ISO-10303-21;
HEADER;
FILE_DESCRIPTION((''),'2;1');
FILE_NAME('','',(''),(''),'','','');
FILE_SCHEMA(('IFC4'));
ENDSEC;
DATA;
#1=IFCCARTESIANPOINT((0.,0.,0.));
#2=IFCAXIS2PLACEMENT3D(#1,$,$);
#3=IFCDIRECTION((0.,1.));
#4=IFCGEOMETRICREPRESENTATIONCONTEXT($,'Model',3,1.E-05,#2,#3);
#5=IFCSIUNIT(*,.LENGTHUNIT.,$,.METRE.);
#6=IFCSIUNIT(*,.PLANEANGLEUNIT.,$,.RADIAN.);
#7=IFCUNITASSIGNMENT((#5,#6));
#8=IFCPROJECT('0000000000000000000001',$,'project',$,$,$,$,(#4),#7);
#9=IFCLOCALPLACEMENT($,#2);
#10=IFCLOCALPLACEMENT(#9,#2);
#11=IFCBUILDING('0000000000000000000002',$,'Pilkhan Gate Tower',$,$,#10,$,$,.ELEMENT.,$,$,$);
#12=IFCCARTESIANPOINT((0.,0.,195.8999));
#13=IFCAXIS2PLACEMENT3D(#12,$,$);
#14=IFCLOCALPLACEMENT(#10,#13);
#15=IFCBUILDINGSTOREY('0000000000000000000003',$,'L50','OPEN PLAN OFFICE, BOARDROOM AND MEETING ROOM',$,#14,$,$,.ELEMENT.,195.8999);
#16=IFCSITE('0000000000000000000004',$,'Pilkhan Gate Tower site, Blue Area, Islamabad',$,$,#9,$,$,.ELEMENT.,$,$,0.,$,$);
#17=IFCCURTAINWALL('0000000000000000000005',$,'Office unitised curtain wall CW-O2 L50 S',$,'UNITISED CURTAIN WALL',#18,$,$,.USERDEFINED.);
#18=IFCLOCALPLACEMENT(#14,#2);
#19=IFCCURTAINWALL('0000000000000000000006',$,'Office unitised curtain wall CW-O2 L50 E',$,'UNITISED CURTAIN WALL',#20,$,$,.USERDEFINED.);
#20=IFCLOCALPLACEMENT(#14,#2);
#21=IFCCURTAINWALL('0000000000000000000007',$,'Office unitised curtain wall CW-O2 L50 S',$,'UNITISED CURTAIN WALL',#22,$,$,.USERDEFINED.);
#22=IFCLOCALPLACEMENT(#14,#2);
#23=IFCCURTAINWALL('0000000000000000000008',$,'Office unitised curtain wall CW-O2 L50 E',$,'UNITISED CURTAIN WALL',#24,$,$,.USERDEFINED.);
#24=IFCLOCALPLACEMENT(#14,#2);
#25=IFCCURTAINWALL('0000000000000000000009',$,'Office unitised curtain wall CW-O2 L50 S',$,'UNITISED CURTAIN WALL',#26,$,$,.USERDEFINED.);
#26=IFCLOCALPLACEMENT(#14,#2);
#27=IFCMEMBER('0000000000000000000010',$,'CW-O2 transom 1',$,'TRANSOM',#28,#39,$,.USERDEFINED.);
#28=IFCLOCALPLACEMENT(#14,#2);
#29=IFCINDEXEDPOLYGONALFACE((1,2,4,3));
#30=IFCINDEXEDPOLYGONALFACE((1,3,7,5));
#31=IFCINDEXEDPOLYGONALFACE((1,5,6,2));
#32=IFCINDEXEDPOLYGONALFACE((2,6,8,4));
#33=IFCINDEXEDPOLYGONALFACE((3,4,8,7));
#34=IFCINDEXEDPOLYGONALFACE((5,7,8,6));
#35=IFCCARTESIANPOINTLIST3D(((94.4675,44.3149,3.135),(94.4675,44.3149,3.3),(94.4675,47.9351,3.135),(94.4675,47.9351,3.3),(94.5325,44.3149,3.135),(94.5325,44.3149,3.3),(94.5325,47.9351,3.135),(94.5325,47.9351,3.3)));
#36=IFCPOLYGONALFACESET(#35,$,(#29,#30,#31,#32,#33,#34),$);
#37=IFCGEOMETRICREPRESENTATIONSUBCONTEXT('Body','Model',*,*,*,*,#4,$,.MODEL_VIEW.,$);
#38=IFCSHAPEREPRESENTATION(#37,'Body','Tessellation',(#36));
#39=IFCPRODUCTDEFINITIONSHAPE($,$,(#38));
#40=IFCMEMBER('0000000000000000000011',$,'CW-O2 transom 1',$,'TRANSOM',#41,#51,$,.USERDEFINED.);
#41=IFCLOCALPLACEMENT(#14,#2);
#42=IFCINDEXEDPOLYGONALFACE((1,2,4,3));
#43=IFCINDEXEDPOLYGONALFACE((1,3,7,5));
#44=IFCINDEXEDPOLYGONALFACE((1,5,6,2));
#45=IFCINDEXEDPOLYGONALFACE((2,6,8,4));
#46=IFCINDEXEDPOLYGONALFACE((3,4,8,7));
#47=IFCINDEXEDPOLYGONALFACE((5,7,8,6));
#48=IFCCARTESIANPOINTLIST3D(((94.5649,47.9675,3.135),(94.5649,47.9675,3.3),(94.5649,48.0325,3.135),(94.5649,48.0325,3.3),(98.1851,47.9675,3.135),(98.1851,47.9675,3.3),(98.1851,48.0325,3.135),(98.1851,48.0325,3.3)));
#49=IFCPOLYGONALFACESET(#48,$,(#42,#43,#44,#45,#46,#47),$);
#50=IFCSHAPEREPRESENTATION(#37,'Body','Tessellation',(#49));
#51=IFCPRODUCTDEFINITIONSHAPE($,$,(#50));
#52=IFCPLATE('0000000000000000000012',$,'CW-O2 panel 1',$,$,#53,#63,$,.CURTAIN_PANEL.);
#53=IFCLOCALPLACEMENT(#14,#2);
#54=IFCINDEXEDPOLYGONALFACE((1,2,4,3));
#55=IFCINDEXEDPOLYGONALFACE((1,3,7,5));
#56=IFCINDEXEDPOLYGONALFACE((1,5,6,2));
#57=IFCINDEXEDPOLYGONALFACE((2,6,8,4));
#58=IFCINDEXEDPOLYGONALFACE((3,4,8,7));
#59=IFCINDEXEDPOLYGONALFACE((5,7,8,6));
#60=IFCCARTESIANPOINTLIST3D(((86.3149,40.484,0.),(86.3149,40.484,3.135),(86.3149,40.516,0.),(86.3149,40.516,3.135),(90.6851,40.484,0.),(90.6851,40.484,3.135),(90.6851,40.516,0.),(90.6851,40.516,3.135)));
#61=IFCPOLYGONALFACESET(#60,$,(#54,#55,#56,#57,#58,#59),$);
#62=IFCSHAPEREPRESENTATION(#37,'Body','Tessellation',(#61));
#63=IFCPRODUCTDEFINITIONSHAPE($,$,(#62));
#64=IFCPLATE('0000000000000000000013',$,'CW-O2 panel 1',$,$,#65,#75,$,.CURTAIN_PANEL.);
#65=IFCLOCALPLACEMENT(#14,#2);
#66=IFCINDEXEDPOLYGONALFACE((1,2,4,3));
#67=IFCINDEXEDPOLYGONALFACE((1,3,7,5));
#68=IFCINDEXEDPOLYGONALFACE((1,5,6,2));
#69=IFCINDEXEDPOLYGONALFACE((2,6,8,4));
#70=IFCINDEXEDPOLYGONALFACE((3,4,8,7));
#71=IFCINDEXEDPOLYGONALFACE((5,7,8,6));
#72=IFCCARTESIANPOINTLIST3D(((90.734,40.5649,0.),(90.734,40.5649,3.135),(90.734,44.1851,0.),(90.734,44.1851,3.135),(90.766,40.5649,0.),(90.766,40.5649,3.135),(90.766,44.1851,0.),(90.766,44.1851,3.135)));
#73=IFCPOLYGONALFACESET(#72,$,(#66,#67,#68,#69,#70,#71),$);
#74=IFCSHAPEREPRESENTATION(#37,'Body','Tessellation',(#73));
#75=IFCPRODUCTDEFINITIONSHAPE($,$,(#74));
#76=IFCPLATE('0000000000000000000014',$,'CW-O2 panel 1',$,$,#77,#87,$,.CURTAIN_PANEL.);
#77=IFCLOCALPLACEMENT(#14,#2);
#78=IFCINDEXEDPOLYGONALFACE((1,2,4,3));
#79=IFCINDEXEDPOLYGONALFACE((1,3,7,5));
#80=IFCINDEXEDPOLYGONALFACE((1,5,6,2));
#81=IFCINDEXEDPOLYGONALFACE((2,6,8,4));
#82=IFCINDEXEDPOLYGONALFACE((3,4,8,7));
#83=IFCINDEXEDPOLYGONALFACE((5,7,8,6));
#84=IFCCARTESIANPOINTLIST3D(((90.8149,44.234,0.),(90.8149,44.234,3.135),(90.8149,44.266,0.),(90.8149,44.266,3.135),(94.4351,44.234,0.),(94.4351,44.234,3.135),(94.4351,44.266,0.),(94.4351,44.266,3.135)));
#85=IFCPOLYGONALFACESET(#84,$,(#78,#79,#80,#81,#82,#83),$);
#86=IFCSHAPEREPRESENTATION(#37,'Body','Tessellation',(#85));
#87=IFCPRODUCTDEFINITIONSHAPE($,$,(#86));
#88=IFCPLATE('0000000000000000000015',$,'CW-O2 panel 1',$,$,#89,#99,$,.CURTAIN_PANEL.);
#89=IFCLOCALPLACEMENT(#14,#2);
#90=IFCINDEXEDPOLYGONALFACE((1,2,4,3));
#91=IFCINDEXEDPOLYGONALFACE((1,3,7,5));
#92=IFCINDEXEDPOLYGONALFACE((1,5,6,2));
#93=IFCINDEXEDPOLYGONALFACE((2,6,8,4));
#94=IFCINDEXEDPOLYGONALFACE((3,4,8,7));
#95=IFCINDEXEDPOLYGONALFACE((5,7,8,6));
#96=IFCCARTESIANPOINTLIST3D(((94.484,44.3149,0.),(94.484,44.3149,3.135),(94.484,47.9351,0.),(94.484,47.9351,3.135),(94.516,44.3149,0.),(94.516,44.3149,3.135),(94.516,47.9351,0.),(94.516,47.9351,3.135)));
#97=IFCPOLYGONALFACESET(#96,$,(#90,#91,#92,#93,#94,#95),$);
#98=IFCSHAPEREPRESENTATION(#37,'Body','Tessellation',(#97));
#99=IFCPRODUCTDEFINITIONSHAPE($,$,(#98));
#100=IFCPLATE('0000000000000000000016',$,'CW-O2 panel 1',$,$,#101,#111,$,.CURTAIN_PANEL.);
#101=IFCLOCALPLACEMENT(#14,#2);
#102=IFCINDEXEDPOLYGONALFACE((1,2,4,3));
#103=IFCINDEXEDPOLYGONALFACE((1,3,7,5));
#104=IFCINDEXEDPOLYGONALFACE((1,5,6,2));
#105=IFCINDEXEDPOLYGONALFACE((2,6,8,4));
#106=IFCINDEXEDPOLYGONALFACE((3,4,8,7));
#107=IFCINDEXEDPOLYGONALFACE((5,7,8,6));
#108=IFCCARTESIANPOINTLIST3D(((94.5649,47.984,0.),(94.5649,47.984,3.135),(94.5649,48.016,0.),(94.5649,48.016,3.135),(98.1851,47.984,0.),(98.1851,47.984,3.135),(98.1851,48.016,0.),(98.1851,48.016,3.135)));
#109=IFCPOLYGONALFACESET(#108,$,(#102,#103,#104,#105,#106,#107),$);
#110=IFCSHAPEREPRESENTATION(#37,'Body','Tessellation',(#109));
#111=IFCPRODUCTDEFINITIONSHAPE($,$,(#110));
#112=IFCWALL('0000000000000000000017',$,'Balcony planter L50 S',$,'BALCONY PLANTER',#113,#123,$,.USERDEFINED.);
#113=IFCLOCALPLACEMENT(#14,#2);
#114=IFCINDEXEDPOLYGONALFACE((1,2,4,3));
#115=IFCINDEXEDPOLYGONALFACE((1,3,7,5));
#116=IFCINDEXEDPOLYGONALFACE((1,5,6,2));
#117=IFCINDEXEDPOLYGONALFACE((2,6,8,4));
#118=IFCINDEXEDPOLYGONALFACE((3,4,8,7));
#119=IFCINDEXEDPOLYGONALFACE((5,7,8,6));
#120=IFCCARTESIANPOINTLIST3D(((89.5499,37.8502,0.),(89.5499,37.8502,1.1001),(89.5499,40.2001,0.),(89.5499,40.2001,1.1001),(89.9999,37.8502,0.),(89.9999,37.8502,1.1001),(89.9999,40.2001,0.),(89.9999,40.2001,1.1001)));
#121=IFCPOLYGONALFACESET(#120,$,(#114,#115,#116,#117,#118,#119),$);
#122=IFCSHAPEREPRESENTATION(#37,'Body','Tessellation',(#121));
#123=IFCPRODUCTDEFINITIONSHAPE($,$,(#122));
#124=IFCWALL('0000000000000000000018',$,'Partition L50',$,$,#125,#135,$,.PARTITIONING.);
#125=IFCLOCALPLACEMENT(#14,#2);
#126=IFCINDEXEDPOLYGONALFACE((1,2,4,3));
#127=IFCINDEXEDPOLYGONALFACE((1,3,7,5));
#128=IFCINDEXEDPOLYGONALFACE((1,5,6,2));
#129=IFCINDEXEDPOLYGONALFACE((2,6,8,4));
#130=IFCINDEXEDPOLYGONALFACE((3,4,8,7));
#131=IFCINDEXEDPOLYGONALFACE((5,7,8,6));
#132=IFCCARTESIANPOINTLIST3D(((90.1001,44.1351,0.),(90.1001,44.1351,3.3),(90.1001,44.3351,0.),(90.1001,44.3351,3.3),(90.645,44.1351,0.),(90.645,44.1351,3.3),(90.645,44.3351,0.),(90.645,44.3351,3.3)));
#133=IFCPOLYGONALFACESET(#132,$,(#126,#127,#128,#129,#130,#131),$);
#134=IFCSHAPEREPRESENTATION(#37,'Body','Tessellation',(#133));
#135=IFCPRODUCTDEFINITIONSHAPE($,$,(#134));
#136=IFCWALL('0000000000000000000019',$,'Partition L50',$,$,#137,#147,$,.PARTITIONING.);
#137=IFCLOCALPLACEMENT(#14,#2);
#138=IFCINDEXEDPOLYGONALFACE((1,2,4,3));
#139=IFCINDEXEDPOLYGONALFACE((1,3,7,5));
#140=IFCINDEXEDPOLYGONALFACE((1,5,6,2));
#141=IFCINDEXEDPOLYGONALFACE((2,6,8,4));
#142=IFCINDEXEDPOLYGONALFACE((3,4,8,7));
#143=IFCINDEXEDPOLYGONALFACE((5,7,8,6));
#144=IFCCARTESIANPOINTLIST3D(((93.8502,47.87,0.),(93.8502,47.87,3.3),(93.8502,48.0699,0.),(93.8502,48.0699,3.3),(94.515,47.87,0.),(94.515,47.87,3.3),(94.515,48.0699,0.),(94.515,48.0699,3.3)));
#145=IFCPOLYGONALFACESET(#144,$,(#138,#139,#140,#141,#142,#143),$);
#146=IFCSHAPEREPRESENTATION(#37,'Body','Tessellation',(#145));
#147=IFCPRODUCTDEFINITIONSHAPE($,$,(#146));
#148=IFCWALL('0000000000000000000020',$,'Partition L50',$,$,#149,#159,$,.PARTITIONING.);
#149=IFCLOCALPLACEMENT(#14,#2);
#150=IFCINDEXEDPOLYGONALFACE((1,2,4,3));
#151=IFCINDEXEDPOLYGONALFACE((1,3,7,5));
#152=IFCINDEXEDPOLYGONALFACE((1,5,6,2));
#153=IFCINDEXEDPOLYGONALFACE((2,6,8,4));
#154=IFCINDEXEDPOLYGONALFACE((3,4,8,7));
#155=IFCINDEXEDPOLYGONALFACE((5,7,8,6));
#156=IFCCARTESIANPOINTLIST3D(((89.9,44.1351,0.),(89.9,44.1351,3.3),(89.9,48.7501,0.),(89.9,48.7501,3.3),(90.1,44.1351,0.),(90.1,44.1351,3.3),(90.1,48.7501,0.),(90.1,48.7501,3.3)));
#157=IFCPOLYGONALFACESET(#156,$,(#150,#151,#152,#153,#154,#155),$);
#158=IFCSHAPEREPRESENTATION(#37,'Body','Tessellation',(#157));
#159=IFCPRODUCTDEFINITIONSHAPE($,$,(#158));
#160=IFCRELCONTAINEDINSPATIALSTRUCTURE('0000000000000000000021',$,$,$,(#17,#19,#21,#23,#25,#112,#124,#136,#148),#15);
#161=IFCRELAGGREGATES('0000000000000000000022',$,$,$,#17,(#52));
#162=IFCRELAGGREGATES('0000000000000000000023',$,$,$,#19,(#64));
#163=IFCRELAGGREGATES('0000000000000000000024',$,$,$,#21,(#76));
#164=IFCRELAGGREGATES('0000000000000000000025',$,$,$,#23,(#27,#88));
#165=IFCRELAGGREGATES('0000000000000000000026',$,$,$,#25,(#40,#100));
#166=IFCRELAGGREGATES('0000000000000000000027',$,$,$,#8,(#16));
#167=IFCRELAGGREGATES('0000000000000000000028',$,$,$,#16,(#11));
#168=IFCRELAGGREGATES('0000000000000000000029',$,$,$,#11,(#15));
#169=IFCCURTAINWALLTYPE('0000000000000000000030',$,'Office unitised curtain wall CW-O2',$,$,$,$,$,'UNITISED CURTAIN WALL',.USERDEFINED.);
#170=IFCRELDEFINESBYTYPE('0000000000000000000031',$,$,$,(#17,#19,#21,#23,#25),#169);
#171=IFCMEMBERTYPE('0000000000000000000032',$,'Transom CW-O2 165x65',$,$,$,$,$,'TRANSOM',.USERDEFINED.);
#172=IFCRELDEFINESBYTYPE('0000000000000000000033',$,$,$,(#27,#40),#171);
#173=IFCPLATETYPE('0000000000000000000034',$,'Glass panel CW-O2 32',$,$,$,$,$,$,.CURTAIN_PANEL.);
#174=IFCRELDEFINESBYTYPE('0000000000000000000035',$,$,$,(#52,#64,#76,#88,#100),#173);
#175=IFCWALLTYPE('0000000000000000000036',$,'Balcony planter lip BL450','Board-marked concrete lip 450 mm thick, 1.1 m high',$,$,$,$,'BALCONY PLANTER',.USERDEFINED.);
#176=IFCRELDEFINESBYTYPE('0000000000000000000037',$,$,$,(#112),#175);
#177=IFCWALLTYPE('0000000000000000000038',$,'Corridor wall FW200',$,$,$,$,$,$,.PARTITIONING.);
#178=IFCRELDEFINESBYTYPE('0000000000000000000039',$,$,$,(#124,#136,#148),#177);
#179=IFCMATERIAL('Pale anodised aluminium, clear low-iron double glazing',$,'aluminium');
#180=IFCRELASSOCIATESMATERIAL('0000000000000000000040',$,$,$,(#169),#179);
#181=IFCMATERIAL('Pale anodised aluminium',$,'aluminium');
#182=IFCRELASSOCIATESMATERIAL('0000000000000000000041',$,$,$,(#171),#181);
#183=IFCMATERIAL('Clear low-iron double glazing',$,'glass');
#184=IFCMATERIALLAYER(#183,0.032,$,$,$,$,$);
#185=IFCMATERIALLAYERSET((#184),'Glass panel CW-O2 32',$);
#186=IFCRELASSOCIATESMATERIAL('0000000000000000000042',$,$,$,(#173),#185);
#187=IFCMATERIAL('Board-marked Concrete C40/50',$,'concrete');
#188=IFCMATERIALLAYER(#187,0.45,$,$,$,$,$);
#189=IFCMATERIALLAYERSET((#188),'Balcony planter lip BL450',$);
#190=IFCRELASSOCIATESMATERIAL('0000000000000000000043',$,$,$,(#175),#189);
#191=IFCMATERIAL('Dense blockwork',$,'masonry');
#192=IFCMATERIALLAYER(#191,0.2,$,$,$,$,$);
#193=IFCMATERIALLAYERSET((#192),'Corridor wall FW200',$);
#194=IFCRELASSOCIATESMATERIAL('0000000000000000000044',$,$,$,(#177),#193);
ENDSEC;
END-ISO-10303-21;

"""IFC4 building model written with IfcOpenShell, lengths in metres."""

from ifc_helpers import new_model, si_unit, direction, frame, frame_2d, origin, origin_2d, place, context, subcontext, project, spatial, rectangle, extrude, material, layer, layer_set, material_profile, profile_set, type_object, element, aggregate, save


model = new_model("IFC4")

# Units and contexts
model_context = context("Model", 3, precision=1e-05, world=origin(), true_north=direction((0.0, 1.0)))
body_context = subcontext(model_context, "Body", "Model", "MODEL_VIEW")
ifc_project = project(units=[si_unit("LENGTHUNIT", "METRE"), si_unit("PLANEANGLEUNIT", "RADIAN")], contexts=[model_context])

# Site, building, storey
site_placement = place(None, origin())
site = spatial("IfcSite", under=ifc_project, at=site_placement, Name="Pilkhan Gate Tower site, Blue Area, Islamabad", CompositionType="ELEMENT", RefElevation=0.0)
building_placement = place(site_placement, origin())
building = spatial("IfcBuilding", under=site, at=building_placement, Name="Pilkhan Gate Tower", CompositionType="ELEMENT")
storey_placement = place(building_placement, frame((0.0, 0.0, 195.8999)))
storey = spatial("IfcBuildingStorey", under=building, at=storey_placement, Name="L50", Description="OPEN PLAN OFFICE, BOARDROOM AND MEETING ROOM", CompositionType="ELEMENT", Elevation=195.8999)

# Curtain wall
ifc_material_1 = material(Name="Pale anodised aluminium, clear low-iron double glazing", Category="aluminium")
curtain_wall_type = type_object("IfcCurtainWallType", Name="Office unitised curtain wall CW-O2", ElementType="UNITISED CURTAIN WALL", PredefinedType="USERDEFINED", material=ifc_material_1)
curtain_wall_1_placement = place(storey_placement, origin())
curtain_wall_1 = element("IfcCurtainWall", 1, at=curtain_wall_1_placement, inside=storey, type_object=curtain_wall_type, Name="Office unitised curtain wall CW-O2 L50 S", ObjectType="UNITISED CURTAIN WALL", PredefinedType="USERDEFINED")
ifc_material_2 = material(Name="Pale anodised aluminium", Category="aluminium")

# Curtain walls
curtain_wall_2_placement = place(storey_placement, origin())
curtain_wall_2 = element("IfcCurtainWall", 2, at=curtain_wall_2_placement, inside=storey, type_object=curtain_wall_type, Name="Office unitised curtain wall CW-O2 L50 E", ObjectType="UNITISED CURTAIN WALL", PredefinedType="USERDEFINED")
curtain_wall_3_placement = place(storey_placement, origin())
curtain_wall_3 = element("IfcCurtainWall", 3, at=curtain_wall_3_placement, inside=storey, type_object=curtain_wall_type, Name="Office unitised curtain wall CW-O2 L50 S", ObjectType="UNITISED CURTAIN WALL", PredefinedType="USERDEFINED")
curtain_wall_4_placement = place(storey_placement, origin())
curtain_wall_4 = element("IfcCurtainWall", 4, at=curtain_wall_4_placement, inside=storey, type_object=curtain_wall_type, Name="Office unitised curtain wall CW-O2 L50 E", ObjectType="UNITISED CURTAIN WALL", PredefinedType="USERDEFINED")
curtain_wall_5_placement = place(storey_placement, origin())
curtain_wall_5 = element("IfcCurtainWall", 5, at=curtain_wall_5_placement, inside=storey, type_object=curtain_wall_type, Name="Office unitised curtain wall CW-O2 L50 S", ObjectType="UNITISED CURTAIN WALL", PredefinedType="USERDEFINED")

# Members
ifc_material_profile_1 = material_profile(ifc_material_2, rectangle(XDim=0.0649, YDim=0.165, at=origin_2d()), Name="Transom 165x65")
ifc_profile_set_1 = profile_set([ifc_material_profile_1], Name="Pale anodised aluminium")
member_type_1 = type_object("IfcMemberType", Name="Transom CW-O2 165x65", ElementType="TRANSOM", PredefinedType="USERDEFINED", material=ifc_profile_set_1)
member_1_placement = place(storey_placement, frame((94.5, 44.3149, 3.2175), z_axis=(0.0, 1.0, 0.0), x_axis=(-1.0, 0.0, 0.0)))
member_1 = element("IfcMember", 6, at=member_1_placement, type_object=member_type_1, Name="CW-O2 transom 1", ObjectType="TRANSOM", PredefinedType="USERDEFINED", context=body_context, shape_type="SweptSolid", body=[
    extrude(rectangle(XDim=0.0649, YDim=0.165, at=origin_2d()), origin(), (0.0, 0.0, 1.0), 3.6201),
])
member_2_placement = place(storey_placement, frame((94.5649, 48.0, 3.2175), z_axis=(1.0, 0.0, 0.0), x_axis=(0.0, 1.0, 0.0)))
member_2 = element("IfcMember", 7, at=member_2_placement, type_object=member_type_1, Name="CW-O2 transom 1", ObjectType="TRANSOM", PredefinedType="USERDEFINED", context=body_context, shape_type="SweptSolid", body=[
    extrude(rectangle(XDim=0.0649, YDim=0.165, at=origin_2d()), origin(), (0.0, 0.0, 1.0), 3.6201),
])

# Plates
ifc_material_3 = material(Name="Clear low-iron double glazing", Category="glass")
ifc_layer_1 = layer(ifc_material_3, 0.032)
ifc_layer_set_1 = layer_set([ifc_layer_1], Name="Glass panel CW-O2 32")
plate_type = type_object("IfcPlateType", Name="Glass panel CW-O2 32", PredefinedType="CURTAIN_PANEL", material=ifc_layer_set_1)
plate_1_placement = place(storey_placement, frame((88.5, 40.5, 0.0), z_axis=(0.0, 0.0, 1.0), x_axis=(1.0, 0.0, 0.0)))
plate_1 = element("IfcPlate", 8, at=plate_1_placement, type_object=plate_type, Name="CW-O2 panel 1", PredefinedType="CURTAIN_PANEL", context=body_context, shape_type="SweptSolid", body=[
    extrude(rectangle(XDim=4.3701, YDim=0.032, at=origin_2d()), origin(), (0.0, 0.0, 1.0), 3.135),
])
aggregate(curtain_wall_1, [plate_1])
plate_2_placement = place(storey_placement, frame((90.75, 42.375, 0.0), z_axis=(0.0, 0.0, 1.0), x_axis=(0.0, 1.0, 0.0)))
plate_2 = element("IfcPlate", 9, at=plate_2_placement, type_object=plate_type, Name="CW-O2 panel 1", PredefinedType="CURTAIN_PANEL", context=body_context, shape_type="SweptSolid", body=[
    extrude(rectangle(XDim=3.6201, YDim=0.032, at=origin_2d()), origin(), (0.0, 0.0, 1.0), 3.135),
])
aggregate(curtain_wall_2, [plate_2])
plate_3_placement = place(storey_placement, frame((92.625, 44.25, 0.0), z_axis=(0.0, 0.0, 1.0), x_axis=(1.0, 0.0, 0.0)))
plate_3 = element("IfcPlate", 10, at=plate_3_placement, type_object=plate_type, Name="CW-O2 panel 1", PredefinedType="CURTAIN_PANEL", context=body_context, shape_type="SweptSolid", body=[
    extrude(rectangle(XDim=3.6201, YDim=0.032, at=origin_2d()), origin(), (0.0, 0.0, 1.0), 3.135),
])
aggregate(curtain_wall_3, [plate_3])
plate_4_placement = place(storey_placement, frame((94.5, 46.125, 0.0), z_axis=(0.0, 0.0, 1.0), x_axis=(0.0, 1.0, 0.0)))
plate_4 = element("IfcPlate", 11, at=plate_4_placement, type_object=plate_type, Name="CW-O2 panel 1", PredefinedType="CURTAIN_PANEL", context=body_context, shape_type="SweptSolid", body=[
    extrude(rectangle(XDim=3.6201, YDim=0.032, at=origin_2d()), origin(), (0.0, 0.0, 1.0), 3.135),
])
aggregate(curtain_wall_4, [member_1, plate_4])
plate_5_placement = place(storey_placement, frame((96.375, 48.0, 0.0), z_axis=(0.0, 0.0, 1.0), x_axis=(1.0, 0.0, 0.0)))
plate_5 = element("IfcPlate", 12, at=plate_5_placement, type_object=plate_type, Name="CW-O2 panel 1", PredefinedType="CURTAIN_PANEL", context=body_context, shape_type="SweptSolid", body=[
    extrude(rectangle(XDim=3.6201, YDim=0.032, at=origin_2d()), origin(), (0.0, 0.0, 1.0), 3.135),
])
aggregate(curtain_wall_5, [member_2, plate_5])

# Walls
ifc_material_4 = material(Name="Board-marked Concrete C40/50", Category="concrete")
ifc_layer_2 = layer(ifc_material_4, 0.45)
ifc_layer_set_2 = layer_set([ifc_layer_2], Name="Balcony planter lip BL450")
wall_type_1 = type_object("IfcWallType", Name="Balcony planter lip BL450", Description="Board-marked concrete lip 450 mm thick, 1.1 m high", ElementType="BALCONY PLANTER", PredefinedType="USERDEFINED", material=ifc_layer_set_2)
wall_1_placement = place(storey_placement, frame((89.7749, 40.2, 0.0), z_axis=(0.0, 0.0, 1.0), x_axis=(0.0, -1.0, 0.0)))
element("IfcWall", 13, at=wall_1_placement, inside=storey, type_object=wall_type_1, Name="Balcony planter L50 S", ObjectType="BALCONY PLANTER", PredefinedType="USERDEFINED", context=body_context, shape_type="SweptSolid", body=[
    extrude(rectangle(XDim=2.3499, YDim=0.45, at=frame_2d((1.1748, 0.0))), origin(), (0.0, 0.0, 1.0), 1.1001),
])
ifc_material_5 = material(Name="Dense blockwork", Category="masonry")
ifc_layer_3 = layer(ifc_material_5, 0.2)
ifc_layer_set_3 = layer_set([ifc_layer_3], Name="Corridor wall FW200")
wall_type_2 = type_object("IfcWallType", Name="Corridor wall FW200", PredefinedType="PARTITIONING", material=ifc_layer_set_3)
wall_2_placement = place(storey_placement, frame((90.1001, 44.2351, 0.0), z_axis=(0.0, 0.0, 1.0), x_axis=(1.0, 0.0, 0.0)))
element("IfcWall", 14, at=wall_2_placement, inside=storey, type_object=wall_type_2, Name="Partition L50", PredefinedType="PARTITIONING", context=body_context, shape_type="SweptSolid", body=[
    extrude(rectangle(XDim=0.5449, YDim=0.2, at=frame_2d((0.2725, 0.0))), origin(), (0.0, 0.0, 1.0), 3.3),
])
wall_3_placement = place(storey_placement, frame((93.8501, 47.97, 0.0), z_axis=(0.0, 0.0, 1.0), x_axis=(1.0, 0.0, 0.0)))
element("IfcWall", 15, at=wall_3_placement, inside=storey, type_object=wall_type_2, Name="Partition L50", PredefinedType="PARTITIONING", context=body_context, shape_type="SweptSolid", body=[
    extrude(rectangle(XDim=0.6648, YDim=0.2, at=frame_2d((0.3325, 0.0))), origin(), (0.0, 0.0, 1.0), 3.3),
])
wall_4_placement = place(storey_placement, frame((90.0, 44.135, 0.0), z_axis=(0.0, 0.0, 1.0), x_axis=(0.0, 1.0, 0.0)))
element("IfcWall", 16, at=wall_4_placement, inside=storey, type_object=wall_type_2, Name="Partition L50", PredefinedType="PARTITIONING", context=body_context, shape_type="SweptSolid", body=[
    extrude(rectangle(XDim=4.615, YDim=0.2, at=frame_2d((2.3076, 0.0))), origin(), (0.0, 0.0, 1.0), 3.3),
])

save(model, "model.ifc")
